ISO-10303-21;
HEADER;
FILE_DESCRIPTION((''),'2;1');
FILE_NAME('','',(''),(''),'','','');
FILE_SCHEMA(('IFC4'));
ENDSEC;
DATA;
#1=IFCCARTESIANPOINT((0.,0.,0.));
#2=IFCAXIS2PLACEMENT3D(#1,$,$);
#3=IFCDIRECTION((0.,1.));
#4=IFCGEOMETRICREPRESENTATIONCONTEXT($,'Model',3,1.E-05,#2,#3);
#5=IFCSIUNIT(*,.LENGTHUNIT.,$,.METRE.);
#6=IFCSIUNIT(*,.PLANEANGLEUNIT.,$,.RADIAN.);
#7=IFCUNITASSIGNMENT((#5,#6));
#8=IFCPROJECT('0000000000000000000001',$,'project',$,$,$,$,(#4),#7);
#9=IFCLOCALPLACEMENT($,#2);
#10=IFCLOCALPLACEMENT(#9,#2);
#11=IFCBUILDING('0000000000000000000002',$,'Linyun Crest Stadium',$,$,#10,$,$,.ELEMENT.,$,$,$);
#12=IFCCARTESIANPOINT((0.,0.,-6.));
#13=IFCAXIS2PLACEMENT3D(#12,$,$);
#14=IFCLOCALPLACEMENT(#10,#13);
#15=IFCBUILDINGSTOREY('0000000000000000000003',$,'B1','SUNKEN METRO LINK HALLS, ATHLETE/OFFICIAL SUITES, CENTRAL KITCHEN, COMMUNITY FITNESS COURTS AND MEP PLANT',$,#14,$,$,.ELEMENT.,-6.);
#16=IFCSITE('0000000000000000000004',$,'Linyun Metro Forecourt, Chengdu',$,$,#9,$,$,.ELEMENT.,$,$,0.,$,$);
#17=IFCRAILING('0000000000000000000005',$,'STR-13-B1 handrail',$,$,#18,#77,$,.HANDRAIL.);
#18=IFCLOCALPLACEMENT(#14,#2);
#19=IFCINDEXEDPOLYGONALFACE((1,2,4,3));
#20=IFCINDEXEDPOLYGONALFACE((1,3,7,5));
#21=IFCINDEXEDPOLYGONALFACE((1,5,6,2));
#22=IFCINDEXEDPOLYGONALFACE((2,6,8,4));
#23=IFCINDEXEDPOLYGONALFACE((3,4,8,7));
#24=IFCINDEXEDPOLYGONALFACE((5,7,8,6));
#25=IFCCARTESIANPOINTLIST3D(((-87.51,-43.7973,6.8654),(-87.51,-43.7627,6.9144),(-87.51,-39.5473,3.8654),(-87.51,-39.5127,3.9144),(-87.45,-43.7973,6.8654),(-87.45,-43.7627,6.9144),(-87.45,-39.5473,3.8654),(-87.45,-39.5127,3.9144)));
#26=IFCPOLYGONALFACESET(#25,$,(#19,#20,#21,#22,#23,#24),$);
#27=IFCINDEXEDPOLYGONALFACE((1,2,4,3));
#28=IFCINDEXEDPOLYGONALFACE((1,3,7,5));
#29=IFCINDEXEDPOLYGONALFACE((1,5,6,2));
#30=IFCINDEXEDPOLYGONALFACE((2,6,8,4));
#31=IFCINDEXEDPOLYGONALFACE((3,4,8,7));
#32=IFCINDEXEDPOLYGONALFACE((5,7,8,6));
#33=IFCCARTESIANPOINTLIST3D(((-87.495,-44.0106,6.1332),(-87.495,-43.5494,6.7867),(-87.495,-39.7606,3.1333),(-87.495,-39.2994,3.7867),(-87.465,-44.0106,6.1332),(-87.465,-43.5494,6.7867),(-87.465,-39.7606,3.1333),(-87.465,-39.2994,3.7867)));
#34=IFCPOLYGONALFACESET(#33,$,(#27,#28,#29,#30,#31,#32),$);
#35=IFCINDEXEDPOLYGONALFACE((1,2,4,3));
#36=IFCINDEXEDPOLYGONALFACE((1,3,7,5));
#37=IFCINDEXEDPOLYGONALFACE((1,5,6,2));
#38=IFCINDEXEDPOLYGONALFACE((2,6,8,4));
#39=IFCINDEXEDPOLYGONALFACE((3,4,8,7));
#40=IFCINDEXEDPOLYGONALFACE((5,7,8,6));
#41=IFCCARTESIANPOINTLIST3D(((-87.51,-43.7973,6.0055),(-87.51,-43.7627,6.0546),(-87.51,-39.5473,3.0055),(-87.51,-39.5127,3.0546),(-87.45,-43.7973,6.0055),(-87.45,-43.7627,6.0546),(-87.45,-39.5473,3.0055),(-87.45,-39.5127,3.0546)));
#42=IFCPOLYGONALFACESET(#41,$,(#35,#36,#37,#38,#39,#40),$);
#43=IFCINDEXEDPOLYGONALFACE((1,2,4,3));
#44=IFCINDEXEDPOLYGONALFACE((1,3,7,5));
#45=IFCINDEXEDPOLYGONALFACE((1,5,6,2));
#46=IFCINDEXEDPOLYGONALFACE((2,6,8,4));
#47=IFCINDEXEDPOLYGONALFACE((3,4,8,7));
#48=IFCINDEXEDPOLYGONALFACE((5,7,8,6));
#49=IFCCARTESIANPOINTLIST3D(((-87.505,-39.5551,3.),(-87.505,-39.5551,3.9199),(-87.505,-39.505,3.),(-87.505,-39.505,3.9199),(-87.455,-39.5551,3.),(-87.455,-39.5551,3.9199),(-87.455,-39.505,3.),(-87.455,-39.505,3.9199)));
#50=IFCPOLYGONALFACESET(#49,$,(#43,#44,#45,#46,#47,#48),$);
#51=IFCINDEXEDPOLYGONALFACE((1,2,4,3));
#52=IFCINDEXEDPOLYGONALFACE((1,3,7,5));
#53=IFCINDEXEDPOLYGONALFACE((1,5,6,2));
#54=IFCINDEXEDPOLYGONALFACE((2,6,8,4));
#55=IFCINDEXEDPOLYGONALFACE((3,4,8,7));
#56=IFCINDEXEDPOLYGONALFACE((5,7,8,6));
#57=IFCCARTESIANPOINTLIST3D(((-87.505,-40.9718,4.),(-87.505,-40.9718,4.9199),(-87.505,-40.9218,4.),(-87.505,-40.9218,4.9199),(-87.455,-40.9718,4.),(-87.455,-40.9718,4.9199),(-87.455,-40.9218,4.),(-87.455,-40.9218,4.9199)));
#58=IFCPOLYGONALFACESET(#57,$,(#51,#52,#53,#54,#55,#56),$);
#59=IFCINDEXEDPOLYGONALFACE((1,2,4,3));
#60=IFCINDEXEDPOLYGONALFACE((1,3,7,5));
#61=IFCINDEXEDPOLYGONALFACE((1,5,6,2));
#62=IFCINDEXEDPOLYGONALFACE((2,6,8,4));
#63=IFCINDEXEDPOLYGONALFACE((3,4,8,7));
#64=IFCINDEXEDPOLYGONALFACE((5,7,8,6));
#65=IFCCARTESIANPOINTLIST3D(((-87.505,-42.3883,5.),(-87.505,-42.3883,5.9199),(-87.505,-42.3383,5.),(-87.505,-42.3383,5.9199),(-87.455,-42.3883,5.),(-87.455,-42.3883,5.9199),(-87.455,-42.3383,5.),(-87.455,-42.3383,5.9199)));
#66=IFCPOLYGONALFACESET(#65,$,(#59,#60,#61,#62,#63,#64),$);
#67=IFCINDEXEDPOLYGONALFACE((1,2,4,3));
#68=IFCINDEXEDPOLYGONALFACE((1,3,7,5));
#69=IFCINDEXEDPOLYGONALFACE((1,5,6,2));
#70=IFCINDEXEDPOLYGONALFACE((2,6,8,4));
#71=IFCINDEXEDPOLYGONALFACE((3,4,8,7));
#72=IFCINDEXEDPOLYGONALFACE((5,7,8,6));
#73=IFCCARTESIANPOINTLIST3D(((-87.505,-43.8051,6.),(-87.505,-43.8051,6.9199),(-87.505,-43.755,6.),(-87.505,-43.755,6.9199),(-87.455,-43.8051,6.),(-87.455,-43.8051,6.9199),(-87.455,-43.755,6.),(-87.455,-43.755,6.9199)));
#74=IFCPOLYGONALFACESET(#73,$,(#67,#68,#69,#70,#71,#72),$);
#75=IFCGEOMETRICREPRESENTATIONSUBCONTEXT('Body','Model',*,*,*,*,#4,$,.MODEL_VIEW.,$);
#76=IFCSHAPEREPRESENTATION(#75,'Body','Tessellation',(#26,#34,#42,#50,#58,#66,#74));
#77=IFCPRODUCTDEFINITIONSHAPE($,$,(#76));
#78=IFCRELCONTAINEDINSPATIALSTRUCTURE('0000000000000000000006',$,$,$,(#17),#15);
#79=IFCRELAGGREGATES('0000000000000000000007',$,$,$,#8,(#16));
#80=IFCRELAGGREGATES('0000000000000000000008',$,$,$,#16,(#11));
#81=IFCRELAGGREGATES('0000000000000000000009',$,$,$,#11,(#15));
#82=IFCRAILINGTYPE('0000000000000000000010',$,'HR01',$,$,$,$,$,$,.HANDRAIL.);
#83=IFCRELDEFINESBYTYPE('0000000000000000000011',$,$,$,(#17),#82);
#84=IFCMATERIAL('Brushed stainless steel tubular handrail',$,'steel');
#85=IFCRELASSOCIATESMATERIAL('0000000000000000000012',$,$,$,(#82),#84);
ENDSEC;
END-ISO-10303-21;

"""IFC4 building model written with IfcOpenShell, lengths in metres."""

from ifc_helpers import new_model, si_unit, direction, frame, origin, origin_2d, place, context, subcontext, project, spatial, rectangle, extrude, material, type_object, element, save


model = new_model("IFC4")

# Units and contexts
model_context = context("Model", 3, precision=1e-05, world=origin(), true_north=direction((0.0, 1.0)))
body_context = subcontext(model_context, "Body", "Model", "MODEL_VIEW")
ifc_project = project(units=[si_unit("LENGTHUNIT", "METRE"), si_unit("PLANEANGLEUNIT", "RADIAN")], contexts=[model_context])

# Site, building, storey
site_placement = place(None, origin())
site = spatial("IfcSite", under=ifc_project, at=site_placement, Name="Linyun Metro Forecourt, Chengdu", CompositionType="ELEMENT", RefElevation=0.0)
building_placement = place(site_placement, origin())
building = spatial("IfcBuilding", under=site, at=building_placement, Name="Linyun Crest Stadium", CompositionType="ELEMENT")
storey_placement = place(building_placement, frame((0.0, 0.0, -6.0)))
storey = spatial("IfcBuildingStorey", under=building, at=storey_placement, Name="B1", Description="SUNKEN METRO LINK HALLS, ATHLETE/OFFICIAL SUITES, CENTRAL KITCHEN, COMMUNITY FITNESS COURTS AND MEP PLANT", CompositionType="ELEMENT", Elevation=-6.0)

# Railing
ifc_material_1 = material(Name="Brushed stainless steel tubular handrail", Category="steel")
railing_type_1 = type_object("IfcRailingType", Name="HR01", PredefinedType="HANDRAIL", material=ifc_material_1)
railing_1_placement = place(storey_placement, frame((-87.48, -39.53, 3.0)))
element("IfcRailing", 1, at=railing_1_placement, inside=storey, type_object=railing_type_1, Name="STR-13-B1 handrail", PredefinedType="HANDRAIL", context=body_context, shape_type="SweptSolid", body=[
    extrude(rectangle(XDim=0.0601, YDim=0.0601, at=origin_2d()), frame((0.0, 0.0, 0.8899), z_axis=(0.0, -0.816968, 0.576683), x_axis=(1.0, 0.0, 0.0)), (0.0, 0.0, 1.0), 5.2021),
    extrude(rectangle(XDim=0.03, YDim=0.7998, at=origin_2d()), frame((0.0, 0.0, 0.46), z_axis=(0.0, -0.816968, 0.576683), x_axis=(1.0, 0.0, 0.0)), (0.0, 0.0, 1.0), 5.2021),
    extrude(rectangle(XDim=0.0601, YDim=0.0601, at=origin_2d()), frame((0.0, 0.0, 0.03), z_axis=(0.0, -0.816968, 0.576683), x_axis=(1.0, 0.0, 0.0)), (0.0, 0.0, 1.0), 5.2021),
    extrude(rectangle(XDim=0.05, YDim=0.05, at=origin_2d()), origin(), (0.0, 0.0, 1.0), 0.9199),
    extrude(rectangle(XDim=0.05, YDim=0.05, at=origin_2d()), frame((0.0, -1.4167, 1.0)), (0.0, 0.0, 1.0), 0.9199),
    extrude(rectangle(XDim=0.05, YDim=0.05, at=origin_2d()), frame((0.0, -2.8333, 2.0)), (0.0, 0.0, 1.0), 0.9199),
    extrude(rectangle(XDim=0.05, YDim=0.05, at=origin_2d()), frame((0.0, -4.25, 3.0)), (0.0, 0.0, 1.0), 0.9199),
])

save(model, "model.ifc")
